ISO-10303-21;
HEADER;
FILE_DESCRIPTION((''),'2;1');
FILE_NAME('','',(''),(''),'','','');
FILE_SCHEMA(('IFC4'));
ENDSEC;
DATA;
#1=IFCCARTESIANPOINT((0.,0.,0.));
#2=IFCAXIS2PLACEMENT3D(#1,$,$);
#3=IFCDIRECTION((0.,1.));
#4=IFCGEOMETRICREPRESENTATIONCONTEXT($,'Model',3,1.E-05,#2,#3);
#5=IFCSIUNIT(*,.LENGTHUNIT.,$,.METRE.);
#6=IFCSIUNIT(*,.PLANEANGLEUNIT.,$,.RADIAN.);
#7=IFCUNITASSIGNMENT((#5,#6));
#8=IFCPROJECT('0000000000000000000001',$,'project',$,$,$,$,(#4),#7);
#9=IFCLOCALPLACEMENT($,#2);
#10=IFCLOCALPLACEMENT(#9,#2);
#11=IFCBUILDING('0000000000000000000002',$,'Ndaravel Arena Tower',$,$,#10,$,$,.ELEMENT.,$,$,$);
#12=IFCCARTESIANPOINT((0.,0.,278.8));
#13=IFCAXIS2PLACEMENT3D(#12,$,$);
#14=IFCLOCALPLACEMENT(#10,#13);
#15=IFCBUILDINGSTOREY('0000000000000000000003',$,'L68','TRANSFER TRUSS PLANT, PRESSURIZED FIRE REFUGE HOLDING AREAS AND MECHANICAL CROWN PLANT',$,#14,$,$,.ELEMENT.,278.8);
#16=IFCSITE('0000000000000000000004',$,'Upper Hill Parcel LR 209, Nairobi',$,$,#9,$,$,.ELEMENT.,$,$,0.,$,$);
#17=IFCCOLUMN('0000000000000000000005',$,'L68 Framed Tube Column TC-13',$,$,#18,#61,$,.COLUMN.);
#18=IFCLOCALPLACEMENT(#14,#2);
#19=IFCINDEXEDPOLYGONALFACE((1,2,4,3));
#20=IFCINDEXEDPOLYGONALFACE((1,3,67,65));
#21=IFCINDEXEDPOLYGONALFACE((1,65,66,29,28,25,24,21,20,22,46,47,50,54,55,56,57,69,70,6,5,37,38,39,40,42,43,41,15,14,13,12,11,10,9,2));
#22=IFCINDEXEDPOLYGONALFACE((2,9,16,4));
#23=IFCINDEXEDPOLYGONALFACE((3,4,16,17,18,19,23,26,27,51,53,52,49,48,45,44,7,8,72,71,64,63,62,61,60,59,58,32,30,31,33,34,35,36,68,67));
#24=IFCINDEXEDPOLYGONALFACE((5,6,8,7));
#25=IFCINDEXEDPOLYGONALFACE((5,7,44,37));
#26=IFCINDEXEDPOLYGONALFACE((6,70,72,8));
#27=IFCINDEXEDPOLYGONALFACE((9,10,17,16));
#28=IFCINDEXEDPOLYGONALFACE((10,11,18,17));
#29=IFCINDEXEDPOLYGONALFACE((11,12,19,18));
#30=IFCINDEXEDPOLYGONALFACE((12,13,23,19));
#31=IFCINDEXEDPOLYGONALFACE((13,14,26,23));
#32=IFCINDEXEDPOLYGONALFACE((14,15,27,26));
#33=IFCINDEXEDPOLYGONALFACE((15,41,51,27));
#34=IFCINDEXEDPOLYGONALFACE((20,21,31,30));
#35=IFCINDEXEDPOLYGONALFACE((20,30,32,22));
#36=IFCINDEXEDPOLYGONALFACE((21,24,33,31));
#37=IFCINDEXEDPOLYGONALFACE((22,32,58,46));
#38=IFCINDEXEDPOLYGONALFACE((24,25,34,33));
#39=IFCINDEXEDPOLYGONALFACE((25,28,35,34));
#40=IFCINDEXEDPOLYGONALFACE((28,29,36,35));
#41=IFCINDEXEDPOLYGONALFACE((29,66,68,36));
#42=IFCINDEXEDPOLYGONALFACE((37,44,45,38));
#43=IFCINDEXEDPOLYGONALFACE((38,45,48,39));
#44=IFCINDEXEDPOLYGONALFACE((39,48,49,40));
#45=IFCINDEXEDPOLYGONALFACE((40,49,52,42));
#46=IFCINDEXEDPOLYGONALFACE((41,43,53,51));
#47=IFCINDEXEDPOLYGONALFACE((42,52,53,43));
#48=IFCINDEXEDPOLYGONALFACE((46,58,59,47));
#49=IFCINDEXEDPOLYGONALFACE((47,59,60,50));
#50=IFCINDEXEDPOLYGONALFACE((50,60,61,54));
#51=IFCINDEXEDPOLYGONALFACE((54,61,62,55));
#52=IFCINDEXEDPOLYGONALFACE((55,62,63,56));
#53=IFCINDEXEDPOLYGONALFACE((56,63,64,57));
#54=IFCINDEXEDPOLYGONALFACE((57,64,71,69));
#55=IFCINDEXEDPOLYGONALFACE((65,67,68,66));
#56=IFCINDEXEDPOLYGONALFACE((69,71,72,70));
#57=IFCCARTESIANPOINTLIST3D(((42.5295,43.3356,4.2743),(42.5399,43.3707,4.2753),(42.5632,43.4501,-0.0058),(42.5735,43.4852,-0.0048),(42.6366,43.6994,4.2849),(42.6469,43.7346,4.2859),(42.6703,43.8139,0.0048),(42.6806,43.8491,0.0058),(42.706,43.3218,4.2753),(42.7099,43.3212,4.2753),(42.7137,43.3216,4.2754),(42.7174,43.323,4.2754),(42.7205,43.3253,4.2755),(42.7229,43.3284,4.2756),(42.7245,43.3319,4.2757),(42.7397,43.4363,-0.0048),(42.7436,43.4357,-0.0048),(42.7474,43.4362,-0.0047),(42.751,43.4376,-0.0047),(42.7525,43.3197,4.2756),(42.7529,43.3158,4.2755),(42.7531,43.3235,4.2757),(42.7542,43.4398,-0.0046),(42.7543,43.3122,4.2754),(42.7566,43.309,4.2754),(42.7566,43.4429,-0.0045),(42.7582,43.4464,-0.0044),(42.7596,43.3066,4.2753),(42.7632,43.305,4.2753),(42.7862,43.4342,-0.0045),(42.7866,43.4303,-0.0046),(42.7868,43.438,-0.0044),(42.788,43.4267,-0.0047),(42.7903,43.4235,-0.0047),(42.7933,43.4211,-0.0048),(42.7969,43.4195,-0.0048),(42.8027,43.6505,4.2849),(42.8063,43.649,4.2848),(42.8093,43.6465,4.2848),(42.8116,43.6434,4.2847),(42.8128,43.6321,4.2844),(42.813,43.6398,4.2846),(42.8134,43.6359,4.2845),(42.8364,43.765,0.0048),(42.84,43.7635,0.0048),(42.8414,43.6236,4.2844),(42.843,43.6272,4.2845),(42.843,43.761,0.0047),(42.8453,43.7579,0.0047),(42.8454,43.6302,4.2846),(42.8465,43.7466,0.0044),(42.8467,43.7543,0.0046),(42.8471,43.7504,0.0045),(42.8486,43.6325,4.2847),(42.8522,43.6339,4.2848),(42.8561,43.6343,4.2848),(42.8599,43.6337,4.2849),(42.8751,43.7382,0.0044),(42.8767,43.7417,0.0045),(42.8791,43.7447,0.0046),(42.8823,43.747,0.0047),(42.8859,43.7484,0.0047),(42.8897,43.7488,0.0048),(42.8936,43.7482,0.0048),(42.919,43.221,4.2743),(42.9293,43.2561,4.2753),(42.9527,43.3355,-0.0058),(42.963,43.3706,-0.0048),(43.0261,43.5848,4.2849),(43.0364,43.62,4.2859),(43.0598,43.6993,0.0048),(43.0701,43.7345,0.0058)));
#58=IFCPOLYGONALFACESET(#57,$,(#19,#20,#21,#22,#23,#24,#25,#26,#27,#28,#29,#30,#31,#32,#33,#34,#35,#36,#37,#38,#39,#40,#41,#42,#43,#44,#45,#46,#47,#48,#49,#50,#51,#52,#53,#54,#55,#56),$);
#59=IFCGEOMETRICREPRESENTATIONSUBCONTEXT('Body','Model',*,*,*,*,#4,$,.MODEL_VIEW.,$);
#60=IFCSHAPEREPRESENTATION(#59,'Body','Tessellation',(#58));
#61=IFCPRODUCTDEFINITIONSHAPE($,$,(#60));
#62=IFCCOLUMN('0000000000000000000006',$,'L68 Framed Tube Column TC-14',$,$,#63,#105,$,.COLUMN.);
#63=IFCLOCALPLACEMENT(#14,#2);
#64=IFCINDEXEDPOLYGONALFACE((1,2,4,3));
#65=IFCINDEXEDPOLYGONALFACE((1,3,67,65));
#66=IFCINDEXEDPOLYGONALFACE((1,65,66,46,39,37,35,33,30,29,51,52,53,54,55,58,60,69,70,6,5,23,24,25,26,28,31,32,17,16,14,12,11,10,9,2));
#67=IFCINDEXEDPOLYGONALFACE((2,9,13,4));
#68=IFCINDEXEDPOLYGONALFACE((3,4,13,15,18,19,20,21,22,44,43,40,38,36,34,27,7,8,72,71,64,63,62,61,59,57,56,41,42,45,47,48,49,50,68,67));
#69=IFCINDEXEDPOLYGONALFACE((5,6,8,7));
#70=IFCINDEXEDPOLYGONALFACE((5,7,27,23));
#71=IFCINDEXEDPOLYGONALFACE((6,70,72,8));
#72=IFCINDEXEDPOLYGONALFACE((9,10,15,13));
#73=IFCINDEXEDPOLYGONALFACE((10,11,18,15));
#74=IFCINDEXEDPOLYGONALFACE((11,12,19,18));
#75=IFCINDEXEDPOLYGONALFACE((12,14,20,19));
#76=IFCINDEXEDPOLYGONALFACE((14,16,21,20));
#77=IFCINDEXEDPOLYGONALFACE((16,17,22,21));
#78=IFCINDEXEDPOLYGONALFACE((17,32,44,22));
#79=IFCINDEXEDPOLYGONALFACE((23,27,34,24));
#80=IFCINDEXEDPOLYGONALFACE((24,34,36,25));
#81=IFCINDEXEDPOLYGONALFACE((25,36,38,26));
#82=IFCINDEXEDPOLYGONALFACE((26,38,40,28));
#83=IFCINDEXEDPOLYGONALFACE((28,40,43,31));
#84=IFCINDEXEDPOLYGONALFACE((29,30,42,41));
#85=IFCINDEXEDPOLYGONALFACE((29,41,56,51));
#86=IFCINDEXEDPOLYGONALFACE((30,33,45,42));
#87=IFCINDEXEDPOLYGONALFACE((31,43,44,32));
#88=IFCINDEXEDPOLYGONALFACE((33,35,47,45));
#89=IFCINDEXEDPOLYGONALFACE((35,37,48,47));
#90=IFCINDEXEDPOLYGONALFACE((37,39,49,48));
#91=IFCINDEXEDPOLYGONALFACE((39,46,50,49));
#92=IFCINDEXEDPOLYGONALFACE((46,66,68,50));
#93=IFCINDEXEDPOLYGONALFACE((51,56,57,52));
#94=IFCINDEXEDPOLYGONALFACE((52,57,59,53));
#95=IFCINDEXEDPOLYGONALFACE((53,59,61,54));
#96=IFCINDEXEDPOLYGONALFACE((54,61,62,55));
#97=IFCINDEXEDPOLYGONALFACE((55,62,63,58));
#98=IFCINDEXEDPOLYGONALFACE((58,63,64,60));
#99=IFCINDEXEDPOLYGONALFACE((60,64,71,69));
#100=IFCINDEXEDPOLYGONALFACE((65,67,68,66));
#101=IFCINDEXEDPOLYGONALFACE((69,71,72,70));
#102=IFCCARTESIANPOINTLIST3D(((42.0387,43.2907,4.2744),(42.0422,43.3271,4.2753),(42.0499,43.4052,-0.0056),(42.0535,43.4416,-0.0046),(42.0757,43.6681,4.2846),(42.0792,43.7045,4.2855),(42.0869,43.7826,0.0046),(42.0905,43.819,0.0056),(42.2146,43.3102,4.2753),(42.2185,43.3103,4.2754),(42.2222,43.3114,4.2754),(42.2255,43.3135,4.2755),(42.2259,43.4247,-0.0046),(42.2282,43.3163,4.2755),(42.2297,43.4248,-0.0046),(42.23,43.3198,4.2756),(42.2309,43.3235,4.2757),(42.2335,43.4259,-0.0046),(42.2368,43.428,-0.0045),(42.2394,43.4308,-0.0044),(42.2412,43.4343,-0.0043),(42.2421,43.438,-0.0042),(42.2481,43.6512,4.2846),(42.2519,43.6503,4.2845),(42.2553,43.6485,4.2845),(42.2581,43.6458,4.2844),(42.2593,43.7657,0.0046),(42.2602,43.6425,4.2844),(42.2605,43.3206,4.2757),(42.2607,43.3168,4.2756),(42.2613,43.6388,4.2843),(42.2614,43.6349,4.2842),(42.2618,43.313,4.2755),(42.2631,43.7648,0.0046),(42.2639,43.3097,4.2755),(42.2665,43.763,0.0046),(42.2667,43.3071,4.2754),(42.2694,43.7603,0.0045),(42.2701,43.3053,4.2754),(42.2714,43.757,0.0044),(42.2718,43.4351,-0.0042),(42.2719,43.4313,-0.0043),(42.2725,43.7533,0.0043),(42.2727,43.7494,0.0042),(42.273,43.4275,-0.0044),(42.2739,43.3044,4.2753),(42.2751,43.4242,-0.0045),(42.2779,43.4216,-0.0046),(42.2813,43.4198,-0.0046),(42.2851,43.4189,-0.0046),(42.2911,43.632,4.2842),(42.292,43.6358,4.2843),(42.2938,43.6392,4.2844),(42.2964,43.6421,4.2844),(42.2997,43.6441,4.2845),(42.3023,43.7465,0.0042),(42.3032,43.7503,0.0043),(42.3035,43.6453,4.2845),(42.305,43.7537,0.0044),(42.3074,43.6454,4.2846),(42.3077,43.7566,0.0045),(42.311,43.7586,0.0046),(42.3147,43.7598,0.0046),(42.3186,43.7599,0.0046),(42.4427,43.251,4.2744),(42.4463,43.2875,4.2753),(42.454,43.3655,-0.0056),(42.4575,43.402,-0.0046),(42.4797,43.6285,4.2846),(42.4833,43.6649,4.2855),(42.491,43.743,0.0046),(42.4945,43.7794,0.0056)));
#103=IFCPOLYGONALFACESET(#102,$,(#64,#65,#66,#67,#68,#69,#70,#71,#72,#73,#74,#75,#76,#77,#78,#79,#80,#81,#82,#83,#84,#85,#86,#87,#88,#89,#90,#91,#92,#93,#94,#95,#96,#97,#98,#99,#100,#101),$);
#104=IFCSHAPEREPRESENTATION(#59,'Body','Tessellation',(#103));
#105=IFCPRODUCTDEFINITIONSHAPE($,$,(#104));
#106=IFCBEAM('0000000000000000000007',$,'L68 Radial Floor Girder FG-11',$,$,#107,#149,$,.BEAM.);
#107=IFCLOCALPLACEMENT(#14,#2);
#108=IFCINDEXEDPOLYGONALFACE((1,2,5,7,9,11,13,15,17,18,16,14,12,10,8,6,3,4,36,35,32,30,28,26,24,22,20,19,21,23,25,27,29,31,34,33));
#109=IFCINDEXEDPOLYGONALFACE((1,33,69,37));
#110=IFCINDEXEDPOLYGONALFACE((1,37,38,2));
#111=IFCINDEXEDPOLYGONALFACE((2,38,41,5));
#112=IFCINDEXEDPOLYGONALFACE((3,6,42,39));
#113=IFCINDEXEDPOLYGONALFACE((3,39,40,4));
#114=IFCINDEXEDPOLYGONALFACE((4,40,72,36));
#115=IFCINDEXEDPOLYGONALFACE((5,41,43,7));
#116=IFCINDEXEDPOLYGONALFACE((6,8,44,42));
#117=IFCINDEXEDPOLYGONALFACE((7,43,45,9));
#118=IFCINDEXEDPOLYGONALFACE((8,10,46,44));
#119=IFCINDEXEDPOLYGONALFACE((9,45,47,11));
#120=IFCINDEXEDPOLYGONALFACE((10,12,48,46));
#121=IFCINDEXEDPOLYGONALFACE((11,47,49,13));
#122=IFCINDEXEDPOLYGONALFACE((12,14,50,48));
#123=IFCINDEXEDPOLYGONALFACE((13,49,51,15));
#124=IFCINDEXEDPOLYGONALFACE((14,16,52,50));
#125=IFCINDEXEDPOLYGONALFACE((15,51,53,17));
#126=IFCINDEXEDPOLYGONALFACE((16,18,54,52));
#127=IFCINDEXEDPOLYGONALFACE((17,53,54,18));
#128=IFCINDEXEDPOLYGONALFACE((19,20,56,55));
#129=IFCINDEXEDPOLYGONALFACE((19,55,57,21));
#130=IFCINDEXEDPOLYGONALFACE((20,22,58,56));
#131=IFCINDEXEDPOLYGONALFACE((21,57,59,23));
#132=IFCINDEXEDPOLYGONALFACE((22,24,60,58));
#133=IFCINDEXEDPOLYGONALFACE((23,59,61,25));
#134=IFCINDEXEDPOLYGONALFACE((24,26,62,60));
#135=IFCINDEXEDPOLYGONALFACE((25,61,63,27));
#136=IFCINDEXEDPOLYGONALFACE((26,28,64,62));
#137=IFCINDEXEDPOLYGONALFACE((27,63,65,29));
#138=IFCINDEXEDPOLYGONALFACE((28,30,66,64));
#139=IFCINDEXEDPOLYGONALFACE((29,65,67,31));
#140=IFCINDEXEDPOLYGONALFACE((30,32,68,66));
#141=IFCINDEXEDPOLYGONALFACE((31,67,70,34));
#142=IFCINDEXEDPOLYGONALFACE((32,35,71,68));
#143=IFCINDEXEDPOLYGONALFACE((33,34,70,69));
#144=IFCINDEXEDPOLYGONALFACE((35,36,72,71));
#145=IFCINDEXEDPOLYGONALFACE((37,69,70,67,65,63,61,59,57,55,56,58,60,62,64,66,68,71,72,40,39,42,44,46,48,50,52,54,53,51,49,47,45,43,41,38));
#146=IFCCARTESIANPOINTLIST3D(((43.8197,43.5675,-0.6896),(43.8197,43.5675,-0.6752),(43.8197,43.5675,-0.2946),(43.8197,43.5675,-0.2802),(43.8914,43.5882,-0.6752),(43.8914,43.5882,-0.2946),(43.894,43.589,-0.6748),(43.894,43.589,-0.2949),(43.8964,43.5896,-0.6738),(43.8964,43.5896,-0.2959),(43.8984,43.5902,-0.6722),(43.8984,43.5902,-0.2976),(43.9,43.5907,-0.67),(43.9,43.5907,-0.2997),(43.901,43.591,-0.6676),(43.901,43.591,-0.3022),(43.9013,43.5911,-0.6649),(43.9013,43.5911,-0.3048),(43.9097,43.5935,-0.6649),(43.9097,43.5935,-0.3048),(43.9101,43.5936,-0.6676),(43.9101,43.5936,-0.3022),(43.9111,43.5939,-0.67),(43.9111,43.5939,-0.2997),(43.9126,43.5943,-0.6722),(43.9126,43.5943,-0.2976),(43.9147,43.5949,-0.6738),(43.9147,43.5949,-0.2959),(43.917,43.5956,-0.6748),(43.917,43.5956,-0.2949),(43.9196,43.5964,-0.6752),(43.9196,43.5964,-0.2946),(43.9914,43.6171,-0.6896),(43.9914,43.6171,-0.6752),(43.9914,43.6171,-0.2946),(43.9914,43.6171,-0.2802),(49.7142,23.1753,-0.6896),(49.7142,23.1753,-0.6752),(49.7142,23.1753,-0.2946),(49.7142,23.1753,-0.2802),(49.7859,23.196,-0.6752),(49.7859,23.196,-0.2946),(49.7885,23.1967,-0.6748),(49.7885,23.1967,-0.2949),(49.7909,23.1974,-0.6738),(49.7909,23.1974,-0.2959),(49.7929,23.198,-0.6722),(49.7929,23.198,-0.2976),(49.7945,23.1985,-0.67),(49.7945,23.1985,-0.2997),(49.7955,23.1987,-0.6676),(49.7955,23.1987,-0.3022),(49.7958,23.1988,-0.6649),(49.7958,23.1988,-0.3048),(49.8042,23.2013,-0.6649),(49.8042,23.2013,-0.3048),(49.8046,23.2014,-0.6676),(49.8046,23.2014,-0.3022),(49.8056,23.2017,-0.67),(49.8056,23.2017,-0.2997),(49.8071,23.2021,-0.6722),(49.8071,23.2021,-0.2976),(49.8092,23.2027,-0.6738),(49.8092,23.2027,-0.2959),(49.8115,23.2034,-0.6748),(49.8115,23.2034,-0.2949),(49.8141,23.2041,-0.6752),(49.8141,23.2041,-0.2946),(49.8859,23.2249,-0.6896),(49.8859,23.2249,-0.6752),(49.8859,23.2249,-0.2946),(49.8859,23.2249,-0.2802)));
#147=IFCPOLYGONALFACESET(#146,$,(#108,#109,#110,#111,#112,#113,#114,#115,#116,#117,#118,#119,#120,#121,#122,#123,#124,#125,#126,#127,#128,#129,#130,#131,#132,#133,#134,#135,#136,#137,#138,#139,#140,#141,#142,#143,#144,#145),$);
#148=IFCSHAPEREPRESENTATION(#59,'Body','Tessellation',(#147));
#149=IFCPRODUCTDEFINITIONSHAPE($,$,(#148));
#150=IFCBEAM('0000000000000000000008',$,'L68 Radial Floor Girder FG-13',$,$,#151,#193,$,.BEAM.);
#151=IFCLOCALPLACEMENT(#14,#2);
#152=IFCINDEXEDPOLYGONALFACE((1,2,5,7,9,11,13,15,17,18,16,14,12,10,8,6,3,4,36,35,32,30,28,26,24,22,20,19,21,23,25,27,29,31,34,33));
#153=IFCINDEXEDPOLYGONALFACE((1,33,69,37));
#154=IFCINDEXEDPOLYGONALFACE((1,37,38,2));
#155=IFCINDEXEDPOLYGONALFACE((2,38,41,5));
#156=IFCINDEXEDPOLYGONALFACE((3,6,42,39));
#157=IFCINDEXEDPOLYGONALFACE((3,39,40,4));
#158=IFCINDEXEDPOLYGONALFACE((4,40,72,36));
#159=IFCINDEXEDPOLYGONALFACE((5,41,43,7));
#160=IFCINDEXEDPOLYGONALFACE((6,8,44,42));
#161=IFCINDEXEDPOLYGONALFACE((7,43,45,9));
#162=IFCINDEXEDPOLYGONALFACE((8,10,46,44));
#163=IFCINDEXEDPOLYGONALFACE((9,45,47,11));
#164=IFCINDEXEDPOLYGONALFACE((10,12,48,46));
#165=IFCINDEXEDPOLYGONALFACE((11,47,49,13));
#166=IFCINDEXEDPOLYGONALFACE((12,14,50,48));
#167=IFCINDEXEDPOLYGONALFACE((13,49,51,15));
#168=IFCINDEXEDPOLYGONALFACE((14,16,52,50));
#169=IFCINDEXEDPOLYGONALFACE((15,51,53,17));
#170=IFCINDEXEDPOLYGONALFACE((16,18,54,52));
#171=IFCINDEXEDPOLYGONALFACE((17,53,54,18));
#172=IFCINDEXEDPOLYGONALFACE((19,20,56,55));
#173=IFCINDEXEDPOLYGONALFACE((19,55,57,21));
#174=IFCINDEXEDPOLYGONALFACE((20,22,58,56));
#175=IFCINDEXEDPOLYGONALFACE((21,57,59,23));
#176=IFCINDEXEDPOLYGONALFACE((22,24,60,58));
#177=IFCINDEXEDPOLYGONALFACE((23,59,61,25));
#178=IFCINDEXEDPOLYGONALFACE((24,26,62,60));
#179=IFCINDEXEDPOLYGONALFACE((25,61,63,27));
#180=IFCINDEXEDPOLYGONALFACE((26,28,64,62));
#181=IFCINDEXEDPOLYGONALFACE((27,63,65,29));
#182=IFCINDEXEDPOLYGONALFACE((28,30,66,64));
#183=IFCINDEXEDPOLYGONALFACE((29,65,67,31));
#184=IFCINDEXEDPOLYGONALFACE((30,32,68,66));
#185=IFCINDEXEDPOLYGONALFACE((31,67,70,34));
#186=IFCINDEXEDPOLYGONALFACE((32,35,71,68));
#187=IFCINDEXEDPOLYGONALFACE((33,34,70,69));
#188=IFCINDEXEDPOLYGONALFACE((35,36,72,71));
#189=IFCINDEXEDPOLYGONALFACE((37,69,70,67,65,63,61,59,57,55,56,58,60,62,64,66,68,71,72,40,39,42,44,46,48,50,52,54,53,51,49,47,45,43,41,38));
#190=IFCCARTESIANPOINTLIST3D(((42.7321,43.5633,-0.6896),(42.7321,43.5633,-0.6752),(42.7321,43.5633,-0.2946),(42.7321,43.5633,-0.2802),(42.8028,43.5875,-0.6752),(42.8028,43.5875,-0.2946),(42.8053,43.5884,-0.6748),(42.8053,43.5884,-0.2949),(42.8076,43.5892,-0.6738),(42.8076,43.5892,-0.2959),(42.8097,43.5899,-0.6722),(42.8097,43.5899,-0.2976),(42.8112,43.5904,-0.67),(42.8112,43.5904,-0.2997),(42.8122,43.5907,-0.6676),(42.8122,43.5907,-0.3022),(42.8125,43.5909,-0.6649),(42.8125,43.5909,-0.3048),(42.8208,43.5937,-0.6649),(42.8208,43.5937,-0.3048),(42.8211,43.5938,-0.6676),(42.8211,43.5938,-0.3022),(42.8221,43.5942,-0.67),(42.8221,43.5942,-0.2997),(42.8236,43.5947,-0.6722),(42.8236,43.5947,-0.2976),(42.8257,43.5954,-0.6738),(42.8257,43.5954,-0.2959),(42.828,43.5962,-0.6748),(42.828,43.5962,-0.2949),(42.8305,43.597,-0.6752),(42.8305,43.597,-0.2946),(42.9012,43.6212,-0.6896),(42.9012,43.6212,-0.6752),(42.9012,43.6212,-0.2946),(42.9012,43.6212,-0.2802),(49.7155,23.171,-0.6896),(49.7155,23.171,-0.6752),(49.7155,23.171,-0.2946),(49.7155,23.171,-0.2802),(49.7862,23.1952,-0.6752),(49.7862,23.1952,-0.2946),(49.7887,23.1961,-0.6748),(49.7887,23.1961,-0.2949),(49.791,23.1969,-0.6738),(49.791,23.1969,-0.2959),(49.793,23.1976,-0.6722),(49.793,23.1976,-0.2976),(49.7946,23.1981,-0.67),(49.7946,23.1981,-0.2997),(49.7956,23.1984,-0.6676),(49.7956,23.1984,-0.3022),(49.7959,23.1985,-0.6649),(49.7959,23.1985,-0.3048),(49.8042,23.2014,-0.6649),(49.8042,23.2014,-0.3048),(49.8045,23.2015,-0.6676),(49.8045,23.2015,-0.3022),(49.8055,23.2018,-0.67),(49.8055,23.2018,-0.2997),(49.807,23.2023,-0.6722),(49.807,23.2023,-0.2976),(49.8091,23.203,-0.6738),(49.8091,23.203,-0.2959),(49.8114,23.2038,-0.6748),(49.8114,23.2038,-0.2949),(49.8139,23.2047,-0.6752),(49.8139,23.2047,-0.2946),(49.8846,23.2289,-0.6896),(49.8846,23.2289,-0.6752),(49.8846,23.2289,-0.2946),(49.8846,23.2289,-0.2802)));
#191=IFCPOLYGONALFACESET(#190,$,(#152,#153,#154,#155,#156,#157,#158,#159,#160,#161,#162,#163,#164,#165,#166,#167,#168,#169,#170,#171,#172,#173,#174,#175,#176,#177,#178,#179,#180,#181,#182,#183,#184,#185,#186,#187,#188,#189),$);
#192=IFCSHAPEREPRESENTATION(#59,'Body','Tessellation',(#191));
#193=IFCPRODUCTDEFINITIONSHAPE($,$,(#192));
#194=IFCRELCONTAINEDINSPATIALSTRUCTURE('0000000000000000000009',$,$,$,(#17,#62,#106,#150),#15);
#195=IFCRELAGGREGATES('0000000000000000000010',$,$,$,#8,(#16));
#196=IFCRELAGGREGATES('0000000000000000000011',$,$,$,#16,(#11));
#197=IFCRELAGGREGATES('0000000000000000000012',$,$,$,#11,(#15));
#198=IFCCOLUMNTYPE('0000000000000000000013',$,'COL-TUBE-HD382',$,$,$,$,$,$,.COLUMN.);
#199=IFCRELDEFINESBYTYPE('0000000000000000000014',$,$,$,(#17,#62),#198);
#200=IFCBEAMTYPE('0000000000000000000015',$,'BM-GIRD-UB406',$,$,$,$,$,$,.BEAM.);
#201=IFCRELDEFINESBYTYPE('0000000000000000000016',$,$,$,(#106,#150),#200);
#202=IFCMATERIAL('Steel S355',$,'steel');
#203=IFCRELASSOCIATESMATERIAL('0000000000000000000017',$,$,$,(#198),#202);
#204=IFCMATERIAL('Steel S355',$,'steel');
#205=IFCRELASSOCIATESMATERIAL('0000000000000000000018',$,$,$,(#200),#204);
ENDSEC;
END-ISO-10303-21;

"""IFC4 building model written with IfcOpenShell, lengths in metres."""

from ifc_helpers import new_model, si_unit, direction, frame, origin, origin_2d, place, context, subcontext, project, spatial, i_section, extrude, material, material_profile, profile_set, type_object, element, save


model = new_model("IFC4")

# Units and contexts
model_context = context("Model", 3, precision=1e-05, world=origin(), true_north=direction((0.0, 1.0)))
body_context = subcontext(model_context, "Body", "Model", "MODEL_VIEW")
ifc_project = project(units=[si_unit("LENGTHUNIT", "METRE"), si_unit("PLANEANGLEUNIT", "RADIAN")], contexts=[model_context])

# Site, building, storey
site_placement = place(None, origin())
site = spatial("IfcSite", under=ifc_project, at=site_placement, Name="Upper Hill Parcel LR 209, Nairobi", CompositionType="ELEMENT", RefElevation=0.0)
building_placement = place(site_placement, origin())
building = spatial("IfcBuilding", under=site, at=building_placement, Name="Ndaravel Arena Tower", CompositionType="ELEMENT")
storey_placement = place(building_placement, frame((0.0, 0.0, 278.8)))
storey = spatial("IfcBuildingStorey", under=building, at=storey_placement, Name="L68", Description="TRANSFER TRUSS PLANT, PRESSURIZED FIRE REFUGE HOLDING AREAS AND MECHANICAL CROWN PLANT", CompositionType="ELEMENT", Elevation=278.8)

# Columns
ifc_material_1 = material(Name="Steel S355", Category="steel")
ifc_material_profile_1 = material_profile(ifc_material_1, i_section(OverallWidth=0.406, OverallDepth=0.416, WebThickness=0.0298, FlangeThickness=0.0366, FilletRadius=0.0149, at=origin_2d()), Name="HD 400x382")
ifc_profile_set_1 = profile_set([ifc_material_profile_1], Name="Steel S355")
column_type_1 = type_object("IfcColumnType", Name="COL-TUBE-HD382", PredefinedType="COLUMN", material=ifc_profile_set_1)
column_1_placement = place(storey_placement, frame((42.8167, 43.5923, 0.0), z_axis=(-0.007869, -0.026742, 0.999611), x_axis=(0.959333, -0.282277, 0.0)))
element("IfcColumn", 1, at=column_1_placement, inside=storey, type_object=column_type_1, Name="L68 Framed Tube Column TC-13", PredefinedType="COLUMN", context=body_context, shape_type="SweptSolid", body=[
    extrude(i_section(OverallWidth=0.406, OverallDepth=0.416, WebThickness=0.0298, FlangeThickness=0.0366, FilletRadius=0.0149, at=origin_2d()), origin(), (0.0, 0.0, 1.0), 4.2817),
])
column_2_placement = place(storey_placement, frame((42.2722, 43.5923, 0.0), z_axis=(-0.002623, -0.026743, 0.999639), x_axis=(0.995224, -0.097613, 0.0)))
element("IfcColumn", 2, at=column_2_placement, inside=storey, type_object=column_type_1, Name="L68 Framed Tube Column TC-14", PredefinedType="COLUMN", context=body_context, shape_type="SweptSolid", body=[
    extrude(i_section(OverallWidth=0.406, OverallDepth=0.416, WebThickness=0.0298, FlangeThickness=0.0366, FilletRadius=0.0149, at=origin_2d()), origin(), (0.0, 0.0, 1.0), 4.2815),
])

# Beams
ifc_material_2 = material(Name="Steel S355", Category="steel")
ifc_material_profile_2 = material_profile(ifc_material_2, i_section(OverallWidth=0.1787, OverallDepth=0.4094, WebThickness=0.0088, FlangeThickness=0.0144, FilletRadius=0.0103, at=origin_2d()), Name="UB 406x178x67")
ifc_profile_set_2 = profile_set([ifc_material_profile_2], Name="Steel S355")
beam_type_1 = type_object("IfcBeamType", Name="BM-GIRD-UB406", PredefinedType="BEAM", material=ifc_profile_set_2)
beam_1_placement = place(storey_placement, frame((43.9055, 43.5923, -0.4849), z_axis=(0.277688, -0.960671, 0.0), x_axis=(0.960671, 0.277688, 0.0)))
element("IfcBeam", 3, at=beam_1_placement, inside=storey, type_object=beam_type_1, Name="L68 Radial Floor Girder FG-11", PredefinedType="BEAM", context=body_context, shape_type="SweptSolid", body=[
    extrude(i_section(OverallWidth=0.1787, OverallDepth=0.4094, WebThickness=0.0088, FlangeThickness=0.0144, FilletRadius=0.0103, at=origin_2d()), origin(), (0.0, 0.0, 1.0), 21.2271),
])
beam_2_placement = place(storey_placement, frame((42.8167, 43.5923, -0.4849), z_axis=(0.323981, -0.946063, 0.0), x_axis=(0.946063, 0.323981, 0.0)))
element("IfcBeam", 4, at=beam_2_placement, inside=storey, type_object=beam_type_1, Name="L68 Radial Floor Girder FG-13", PredefinedType="BEAM", context=body_context, shape_type="SweptSolid", body=[
    extrude(i_section(OverallWidth=0.1787, OverallDepth=0.4094, WebThickness=0.0088, FlangeThickness=0.0144, FilletRadius=0.0103, at=origin_2d()), origin(), (0.0, 0.0, 1.0), 21.5549),
])

save(model, "model.ifc")
